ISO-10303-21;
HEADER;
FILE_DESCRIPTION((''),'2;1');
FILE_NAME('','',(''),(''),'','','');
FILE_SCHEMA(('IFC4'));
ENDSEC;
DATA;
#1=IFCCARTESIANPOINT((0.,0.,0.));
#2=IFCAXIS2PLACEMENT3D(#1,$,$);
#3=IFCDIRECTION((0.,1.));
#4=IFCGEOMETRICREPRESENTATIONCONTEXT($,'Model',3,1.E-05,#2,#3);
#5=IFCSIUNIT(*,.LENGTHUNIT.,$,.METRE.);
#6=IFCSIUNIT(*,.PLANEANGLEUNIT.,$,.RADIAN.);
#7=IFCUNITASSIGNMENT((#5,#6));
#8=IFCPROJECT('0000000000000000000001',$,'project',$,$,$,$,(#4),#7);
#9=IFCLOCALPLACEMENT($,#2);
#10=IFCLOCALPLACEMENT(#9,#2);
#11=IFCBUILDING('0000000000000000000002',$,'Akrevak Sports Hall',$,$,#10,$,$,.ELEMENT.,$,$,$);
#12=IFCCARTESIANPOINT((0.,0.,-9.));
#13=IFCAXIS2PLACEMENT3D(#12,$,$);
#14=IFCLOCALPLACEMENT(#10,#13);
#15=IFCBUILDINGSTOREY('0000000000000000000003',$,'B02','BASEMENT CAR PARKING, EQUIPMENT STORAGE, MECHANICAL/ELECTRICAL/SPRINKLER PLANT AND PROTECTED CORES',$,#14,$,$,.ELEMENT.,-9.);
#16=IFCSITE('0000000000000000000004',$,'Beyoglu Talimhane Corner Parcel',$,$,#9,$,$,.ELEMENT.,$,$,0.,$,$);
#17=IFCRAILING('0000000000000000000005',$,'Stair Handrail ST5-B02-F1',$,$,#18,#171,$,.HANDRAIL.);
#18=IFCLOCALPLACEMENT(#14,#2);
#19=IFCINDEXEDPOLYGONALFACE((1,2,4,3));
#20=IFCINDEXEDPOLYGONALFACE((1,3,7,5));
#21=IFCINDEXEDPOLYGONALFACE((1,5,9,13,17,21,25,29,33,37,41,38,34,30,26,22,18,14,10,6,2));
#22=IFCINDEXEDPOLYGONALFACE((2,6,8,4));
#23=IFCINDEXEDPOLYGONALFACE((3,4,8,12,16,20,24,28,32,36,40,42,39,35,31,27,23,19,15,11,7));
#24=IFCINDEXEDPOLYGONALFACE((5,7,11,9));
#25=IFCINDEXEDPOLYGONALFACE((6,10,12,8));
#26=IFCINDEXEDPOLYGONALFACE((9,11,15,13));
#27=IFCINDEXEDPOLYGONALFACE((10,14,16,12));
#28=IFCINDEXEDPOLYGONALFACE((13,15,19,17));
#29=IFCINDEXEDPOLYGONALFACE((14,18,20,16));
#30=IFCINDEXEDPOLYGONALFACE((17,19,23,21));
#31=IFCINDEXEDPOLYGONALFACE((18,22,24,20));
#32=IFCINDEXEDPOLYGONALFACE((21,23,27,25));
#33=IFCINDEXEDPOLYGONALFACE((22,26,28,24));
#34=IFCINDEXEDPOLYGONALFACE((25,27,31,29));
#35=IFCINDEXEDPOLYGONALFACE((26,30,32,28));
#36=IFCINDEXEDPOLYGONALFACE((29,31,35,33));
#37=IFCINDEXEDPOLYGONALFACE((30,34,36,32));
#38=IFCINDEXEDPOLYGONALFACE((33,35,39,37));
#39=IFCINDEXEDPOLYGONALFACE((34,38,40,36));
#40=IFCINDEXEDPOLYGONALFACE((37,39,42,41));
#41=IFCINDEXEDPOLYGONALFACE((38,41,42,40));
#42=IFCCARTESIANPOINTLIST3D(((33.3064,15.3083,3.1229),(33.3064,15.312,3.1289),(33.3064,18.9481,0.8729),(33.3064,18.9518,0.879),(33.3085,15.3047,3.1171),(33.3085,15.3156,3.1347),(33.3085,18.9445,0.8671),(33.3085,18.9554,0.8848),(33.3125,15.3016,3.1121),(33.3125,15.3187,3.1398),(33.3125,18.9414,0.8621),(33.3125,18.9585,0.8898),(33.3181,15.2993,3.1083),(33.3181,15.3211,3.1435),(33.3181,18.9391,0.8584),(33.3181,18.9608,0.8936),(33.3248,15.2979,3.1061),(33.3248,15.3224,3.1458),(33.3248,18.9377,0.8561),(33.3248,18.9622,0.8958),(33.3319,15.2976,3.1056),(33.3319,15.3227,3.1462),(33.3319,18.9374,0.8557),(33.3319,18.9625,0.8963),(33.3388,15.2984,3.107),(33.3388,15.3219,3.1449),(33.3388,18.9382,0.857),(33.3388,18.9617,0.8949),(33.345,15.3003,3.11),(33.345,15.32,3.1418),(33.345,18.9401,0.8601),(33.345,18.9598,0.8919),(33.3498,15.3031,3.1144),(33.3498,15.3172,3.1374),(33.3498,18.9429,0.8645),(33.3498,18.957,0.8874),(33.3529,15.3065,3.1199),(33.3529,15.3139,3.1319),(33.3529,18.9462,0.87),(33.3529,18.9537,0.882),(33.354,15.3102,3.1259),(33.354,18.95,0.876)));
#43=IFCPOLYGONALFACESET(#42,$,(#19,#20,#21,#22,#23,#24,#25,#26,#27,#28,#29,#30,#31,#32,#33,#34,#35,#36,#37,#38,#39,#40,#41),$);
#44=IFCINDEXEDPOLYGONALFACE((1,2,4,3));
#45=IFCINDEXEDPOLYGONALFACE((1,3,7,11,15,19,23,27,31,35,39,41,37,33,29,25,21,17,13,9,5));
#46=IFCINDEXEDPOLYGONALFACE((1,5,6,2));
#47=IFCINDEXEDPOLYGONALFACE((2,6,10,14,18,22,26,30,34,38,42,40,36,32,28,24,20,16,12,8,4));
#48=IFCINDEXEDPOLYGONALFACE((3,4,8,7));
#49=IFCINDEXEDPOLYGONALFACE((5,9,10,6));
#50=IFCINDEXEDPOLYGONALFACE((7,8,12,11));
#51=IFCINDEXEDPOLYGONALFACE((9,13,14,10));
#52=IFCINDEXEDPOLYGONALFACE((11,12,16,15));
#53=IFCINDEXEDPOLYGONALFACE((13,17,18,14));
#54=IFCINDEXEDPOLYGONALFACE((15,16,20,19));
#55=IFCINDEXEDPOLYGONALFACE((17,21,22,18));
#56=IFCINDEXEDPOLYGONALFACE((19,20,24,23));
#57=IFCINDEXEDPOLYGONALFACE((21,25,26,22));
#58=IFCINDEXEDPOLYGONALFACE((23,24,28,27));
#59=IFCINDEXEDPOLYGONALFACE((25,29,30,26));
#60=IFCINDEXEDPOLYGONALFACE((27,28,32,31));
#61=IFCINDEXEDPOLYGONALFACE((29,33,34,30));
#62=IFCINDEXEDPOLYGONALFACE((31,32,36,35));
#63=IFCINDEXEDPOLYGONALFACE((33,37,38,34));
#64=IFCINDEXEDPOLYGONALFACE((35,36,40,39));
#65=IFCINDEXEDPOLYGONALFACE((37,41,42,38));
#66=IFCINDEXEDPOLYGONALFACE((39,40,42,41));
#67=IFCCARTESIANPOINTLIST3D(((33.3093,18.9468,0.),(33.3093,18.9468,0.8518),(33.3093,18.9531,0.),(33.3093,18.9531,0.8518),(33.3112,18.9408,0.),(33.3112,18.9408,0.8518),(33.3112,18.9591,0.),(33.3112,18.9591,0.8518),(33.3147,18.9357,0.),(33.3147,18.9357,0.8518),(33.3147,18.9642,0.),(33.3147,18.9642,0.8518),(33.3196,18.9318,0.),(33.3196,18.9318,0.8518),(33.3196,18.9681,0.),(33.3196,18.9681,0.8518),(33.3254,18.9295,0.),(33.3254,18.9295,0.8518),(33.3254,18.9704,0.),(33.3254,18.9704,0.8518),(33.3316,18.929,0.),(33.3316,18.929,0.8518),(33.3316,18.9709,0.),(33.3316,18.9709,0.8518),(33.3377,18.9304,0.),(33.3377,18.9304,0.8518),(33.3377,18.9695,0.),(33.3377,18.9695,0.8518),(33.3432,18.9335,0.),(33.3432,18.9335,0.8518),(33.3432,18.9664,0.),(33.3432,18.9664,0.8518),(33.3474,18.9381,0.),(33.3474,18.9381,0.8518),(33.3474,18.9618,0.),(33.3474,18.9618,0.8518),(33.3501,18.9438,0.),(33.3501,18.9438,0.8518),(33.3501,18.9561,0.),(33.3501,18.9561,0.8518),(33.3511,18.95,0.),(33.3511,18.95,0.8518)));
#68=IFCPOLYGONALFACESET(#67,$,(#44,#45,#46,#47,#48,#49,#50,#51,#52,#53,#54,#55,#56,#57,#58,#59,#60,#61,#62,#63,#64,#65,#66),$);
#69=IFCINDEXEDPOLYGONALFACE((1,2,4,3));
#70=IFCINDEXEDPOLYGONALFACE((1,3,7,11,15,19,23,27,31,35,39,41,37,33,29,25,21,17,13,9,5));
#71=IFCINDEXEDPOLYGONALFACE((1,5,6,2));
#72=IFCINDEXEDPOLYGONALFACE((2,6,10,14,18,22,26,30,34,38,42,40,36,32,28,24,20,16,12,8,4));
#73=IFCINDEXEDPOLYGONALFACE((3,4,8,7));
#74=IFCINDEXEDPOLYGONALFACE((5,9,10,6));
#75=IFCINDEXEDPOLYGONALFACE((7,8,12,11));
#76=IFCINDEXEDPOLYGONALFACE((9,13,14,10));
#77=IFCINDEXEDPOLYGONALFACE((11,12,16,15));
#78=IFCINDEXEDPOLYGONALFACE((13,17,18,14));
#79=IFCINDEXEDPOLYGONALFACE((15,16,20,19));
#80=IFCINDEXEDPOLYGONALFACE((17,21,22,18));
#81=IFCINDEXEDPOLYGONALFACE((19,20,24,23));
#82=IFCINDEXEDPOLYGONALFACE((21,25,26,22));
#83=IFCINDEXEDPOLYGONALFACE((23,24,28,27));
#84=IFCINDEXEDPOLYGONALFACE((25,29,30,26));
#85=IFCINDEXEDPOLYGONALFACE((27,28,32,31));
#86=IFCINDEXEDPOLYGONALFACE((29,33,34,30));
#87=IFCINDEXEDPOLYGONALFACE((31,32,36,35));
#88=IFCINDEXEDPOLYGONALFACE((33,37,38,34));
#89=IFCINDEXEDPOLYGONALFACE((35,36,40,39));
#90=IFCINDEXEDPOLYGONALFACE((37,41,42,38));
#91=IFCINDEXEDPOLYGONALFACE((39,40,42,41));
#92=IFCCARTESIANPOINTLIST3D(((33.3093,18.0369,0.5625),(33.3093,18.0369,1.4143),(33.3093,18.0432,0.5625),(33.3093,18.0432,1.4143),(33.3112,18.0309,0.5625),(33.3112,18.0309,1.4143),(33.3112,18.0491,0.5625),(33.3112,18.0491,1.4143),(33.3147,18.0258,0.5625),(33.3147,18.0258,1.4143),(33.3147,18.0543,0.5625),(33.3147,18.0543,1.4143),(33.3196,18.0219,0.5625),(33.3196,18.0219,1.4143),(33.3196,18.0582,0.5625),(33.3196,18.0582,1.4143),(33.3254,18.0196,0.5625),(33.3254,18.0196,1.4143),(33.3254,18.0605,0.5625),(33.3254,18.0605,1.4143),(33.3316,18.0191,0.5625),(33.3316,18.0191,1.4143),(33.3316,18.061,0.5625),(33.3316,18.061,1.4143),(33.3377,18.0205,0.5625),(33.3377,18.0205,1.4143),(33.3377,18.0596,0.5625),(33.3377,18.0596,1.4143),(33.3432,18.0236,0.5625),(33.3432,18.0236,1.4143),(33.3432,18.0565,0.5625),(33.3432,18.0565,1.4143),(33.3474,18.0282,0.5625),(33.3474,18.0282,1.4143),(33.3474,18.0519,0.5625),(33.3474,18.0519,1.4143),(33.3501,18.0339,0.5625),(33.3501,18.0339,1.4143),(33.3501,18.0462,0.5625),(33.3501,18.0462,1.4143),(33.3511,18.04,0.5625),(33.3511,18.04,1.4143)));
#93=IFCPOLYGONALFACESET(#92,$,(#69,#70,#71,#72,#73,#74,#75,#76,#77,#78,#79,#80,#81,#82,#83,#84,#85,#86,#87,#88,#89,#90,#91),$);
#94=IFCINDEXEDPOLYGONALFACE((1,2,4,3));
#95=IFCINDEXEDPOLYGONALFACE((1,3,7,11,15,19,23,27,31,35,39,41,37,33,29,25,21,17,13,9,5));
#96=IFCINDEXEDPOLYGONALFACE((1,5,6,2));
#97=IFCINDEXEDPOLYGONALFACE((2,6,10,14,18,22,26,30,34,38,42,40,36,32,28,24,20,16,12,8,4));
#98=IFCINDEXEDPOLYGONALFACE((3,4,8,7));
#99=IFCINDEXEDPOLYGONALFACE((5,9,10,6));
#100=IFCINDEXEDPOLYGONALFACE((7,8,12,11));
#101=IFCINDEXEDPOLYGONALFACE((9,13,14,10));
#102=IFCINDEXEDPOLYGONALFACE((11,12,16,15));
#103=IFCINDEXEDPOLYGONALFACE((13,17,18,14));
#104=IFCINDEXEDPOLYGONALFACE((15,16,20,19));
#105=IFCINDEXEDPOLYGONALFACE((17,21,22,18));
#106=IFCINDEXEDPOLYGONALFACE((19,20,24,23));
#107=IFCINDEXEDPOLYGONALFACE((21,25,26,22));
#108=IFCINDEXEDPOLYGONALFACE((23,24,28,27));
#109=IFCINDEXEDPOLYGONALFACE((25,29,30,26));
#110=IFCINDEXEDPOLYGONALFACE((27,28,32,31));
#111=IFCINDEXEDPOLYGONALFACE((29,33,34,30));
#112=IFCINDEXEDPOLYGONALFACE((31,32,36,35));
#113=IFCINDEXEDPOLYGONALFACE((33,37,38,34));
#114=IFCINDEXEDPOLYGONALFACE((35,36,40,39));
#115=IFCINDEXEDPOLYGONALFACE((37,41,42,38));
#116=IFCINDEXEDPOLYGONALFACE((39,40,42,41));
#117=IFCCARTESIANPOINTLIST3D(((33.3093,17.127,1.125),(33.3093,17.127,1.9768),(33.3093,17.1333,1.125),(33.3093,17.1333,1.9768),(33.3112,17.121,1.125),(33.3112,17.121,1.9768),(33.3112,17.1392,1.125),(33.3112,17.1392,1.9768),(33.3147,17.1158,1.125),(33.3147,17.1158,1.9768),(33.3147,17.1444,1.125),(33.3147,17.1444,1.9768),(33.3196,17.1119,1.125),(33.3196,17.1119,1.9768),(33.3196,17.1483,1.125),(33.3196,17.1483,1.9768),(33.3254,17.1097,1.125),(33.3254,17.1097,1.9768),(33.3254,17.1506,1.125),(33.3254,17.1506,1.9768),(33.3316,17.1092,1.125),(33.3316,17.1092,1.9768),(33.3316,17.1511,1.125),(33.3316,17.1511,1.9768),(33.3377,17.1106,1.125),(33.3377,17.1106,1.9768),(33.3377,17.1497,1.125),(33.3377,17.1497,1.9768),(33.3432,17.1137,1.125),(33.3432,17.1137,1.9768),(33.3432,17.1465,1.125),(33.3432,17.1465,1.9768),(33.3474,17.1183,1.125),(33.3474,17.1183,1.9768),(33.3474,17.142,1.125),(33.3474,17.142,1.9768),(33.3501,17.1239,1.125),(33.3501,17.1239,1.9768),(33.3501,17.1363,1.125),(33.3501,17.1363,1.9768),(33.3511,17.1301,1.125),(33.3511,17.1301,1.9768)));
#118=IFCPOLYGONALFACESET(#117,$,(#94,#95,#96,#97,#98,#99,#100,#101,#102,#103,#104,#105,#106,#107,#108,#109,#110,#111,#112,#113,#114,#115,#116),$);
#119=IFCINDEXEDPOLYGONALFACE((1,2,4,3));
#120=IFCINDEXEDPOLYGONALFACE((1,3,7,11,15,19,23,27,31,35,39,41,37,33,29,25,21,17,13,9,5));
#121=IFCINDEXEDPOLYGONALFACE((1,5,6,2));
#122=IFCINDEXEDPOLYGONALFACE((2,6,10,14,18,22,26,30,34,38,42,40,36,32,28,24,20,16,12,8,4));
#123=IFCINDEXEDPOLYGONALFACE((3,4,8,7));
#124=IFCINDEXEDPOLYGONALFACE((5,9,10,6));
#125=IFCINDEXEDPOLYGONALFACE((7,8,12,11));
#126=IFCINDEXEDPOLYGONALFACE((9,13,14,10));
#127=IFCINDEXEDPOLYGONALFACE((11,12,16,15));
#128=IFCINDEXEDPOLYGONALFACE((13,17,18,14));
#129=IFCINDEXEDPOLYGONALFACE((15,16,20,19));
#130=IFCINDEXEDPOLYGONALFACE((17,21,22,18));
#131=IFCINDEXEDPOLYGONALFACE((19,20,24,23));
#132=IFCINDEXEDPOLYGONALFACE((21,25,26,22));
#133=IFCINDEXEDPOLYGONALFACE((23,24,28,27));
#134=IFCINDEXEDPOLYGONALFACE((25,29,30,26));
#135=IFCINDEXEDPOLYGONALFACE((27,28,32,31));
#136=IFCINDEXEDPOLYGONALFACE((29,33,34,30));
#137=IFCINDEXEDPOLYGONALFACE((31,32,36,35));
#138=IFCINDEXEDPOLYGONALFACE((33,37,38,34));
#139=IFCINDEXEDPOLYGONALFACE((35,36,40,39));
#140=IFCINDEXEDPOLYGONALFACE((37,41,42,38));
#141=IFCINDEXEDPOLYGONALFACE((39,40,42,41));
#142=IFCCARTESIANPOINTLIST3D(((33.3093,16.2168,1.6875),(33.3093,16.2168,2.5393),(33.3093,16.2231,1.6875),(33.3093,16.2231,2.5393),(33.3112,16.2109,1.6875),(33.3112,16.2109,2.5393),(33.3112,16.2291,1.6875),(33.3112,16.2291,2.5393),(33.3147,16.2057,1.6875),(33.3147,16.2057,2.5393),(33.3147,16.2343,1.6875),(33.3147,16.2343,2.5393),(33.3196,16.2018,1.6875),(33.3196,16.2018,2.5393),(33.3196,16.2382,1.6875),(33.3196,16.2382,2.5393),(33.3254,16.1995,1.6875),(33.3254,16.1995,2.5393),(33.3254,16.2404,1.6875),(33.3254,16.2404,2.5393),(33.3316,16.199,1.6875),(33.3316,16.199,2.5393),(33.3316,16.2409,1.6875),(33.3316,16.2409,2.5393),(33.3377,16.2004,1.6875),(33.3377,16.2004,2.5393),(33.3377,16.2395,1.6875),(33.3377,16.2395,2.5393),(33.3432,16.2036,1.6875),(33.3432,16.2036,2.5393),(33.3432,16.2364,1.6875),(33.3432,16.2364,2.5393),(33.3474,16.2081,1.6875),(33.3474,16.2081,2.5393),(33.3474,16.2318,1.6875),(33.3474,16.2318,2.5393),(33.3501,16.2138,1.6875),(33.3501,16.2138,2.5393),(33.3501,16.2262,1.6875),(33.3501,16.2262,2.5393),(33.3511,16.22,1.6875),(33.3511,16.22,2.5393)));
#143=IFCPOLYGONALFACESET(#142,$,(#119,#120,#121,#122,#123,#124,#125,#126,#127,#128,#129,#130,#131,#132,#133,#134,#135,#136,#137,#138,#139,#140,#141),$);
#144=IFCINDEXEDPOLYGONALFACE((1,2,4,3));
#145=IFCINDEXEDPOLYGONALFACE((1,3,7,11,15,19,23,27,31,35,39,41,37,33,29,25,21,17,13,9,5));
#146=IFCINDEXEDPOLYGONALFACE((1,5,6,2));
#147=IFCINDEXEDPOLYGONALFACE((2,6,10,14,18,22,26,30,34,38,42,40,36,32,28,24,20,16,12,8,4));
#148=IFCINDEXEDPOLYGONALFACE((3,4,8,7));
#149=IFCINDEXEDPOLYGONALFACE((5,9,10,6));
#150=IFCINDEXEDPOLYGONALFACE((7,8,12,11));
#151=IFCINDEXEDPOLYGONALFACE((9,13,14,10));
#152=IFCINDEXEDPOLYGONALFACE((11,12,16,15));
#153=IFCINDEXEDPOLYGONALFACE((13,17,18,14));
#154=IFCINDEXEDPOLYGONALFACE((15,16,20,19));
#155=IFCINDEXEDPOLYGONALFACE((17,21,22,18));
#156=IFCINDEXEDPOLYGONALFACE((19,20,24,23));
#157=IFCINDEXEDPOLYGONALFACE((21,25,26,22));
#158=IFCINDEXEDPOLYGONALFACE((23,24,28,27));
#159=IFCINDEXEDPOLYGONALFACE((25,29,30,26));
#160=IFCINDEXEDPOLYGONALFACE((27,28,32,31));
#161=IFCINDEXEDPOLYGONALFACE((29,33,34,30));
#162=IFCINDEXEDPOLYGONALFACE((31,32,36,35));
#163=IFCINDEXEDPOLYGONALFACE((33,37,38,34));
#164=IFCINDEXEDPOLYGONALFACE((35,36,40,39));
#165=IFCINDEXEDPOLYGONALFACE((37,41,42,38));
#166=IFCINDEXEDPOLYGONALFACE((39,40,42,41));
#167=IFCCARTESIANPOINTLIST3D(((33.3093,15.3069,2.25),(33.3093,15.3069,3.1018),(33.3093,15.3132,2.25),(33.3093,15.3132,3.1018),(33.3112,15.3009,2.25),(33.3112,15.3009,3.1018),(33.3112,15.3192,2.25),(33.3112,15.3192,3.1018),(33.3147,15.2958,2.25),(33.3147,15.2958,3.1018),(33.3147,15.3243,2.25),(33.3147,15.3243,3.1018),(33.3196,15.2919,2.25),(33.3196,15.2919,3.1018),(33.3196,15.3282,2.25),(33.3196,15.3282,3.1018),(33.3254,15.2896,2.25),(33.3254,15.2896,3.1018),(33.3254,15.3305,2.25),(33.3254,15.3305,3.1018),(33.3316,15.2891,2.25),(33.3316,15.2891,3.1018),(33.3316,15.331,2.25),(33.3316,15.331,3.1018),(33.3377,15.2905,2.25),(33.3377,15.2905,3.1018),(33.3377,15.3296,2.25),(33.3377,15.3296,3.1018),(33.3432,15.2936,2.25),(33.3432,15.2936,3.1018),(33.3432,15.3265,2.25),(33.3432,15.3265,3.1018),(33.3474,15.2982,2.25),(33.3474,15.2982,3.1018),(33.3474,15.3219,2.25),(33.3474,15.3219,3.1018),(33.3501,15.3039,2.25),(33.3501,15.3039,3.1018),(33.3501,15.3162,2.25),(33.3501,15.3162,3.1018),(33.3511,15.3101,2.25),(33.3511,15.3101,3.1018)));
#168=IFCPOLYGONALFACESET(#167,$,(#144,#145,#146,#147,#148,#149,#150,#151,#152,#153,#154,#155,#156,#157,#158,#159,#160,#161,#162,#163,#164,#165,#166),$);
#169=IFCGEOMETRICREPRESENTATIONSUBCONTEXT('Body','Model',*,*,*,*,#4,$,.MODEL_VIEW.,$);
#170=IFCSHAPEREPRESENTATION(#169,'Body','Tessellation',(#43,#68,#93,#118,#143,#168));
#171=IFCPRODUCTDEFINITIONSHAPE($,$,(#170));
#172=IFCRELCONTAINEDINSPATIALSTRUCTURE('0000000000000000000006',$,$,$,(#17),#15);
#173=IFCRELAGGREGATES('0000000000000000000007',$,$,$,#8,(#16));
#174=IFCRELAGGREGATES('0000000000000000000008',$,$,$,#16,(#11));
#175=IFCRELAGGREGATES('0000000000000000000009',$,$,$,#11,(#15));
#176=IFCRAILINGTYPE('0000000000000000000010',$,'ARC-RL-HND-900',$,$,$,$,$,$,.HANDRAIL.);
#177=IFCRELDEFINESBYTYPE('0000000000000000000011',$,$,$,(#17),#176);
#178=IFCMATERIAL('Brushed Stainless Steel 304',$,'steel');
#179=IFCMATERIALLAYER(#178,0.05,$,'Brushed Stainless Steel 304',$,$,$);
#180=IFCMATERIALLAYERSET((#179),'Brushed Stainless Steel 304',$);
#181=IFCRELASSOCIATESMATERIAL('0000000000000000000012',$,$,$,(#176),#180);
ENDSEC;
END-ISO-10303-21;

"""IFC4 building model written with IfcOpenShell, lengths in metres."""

from ifc_helpers import new_model, si_unit, direction, frame, origin, origin_2d, place, context, subcontext, project, spatial, circle, extrude, material, layer, layer_set, type_object, element, save


model = new_model("IFC4")

# Units and contexts
model_context = context("Model", 3, precision=1e-05, world=origin(), true_north=direction((0.0, 1.0)))
body_context = subcontext(model_context, "Body", "Model", "MODEL_VIEW")
ifc_project = project(units=[si_unit("LENGTHUNIT", "METRE"), si_unit("PLANEANGLEUNIT", "RADIAN")], contexts=[model_context])

# Site, building, storey
site_placement = place(None, origin())
site = spatial("IfcSite", under=ifc_project, at=site_placement, Name="Beyoglu Talimhane Corner Parcel", CompositionType="ELEMENT", RefElevation=0.0)
building_placement = place(site_placement, origin())
building = spatial("IfcBuilding", under=site, at=building_placement, Name="Akrevak Sports Hall", CompositionType="ELEMENT")
storey_placement = place(building_placement, frame((0.0, 0.0, -9.0)))
storey = spatial("IfcBuildingStorey", under=building, at=storey_placement, Name="B02", Description="BASEMENT CAR PARKING, EQUIPMENT STORAGE, MECHANICAL/ELECTRICAL/SPRINKLER PLANT AND PROTECTED CORES", CompositionType="ELEMENT", Elevation=-9.0)

# Railing
ifc_material_1 = material(Name="Brushed Stainless Steel 304", Category="steel")
ifc_layer_1 = layer(ifc_material_1, 0.05, Name="Brushed Stainless Steel 304")
ifc_layer_set_1 = layer_set([ifc_layer_1], Name="Brushed Stainless Steel 304")
railing_type_1 = type_object("IfcRailingType", Name="ARC-RL-HND-900", PredefinedType="HANDRAIL", material=ifc_layer_set_1)
railing_1_placement = place(storey_placement, frame((33.3301, 18.95, 0.0)))
element("IfcRailing", 1, at=railing_1_placement, inside=storey, type_object=railing_type_1, Name="Stair Handrail ST5-B02-F1", PredefinedType="HANDRAIL", context=body_context, shape_type="SweptSolid", body=[
    extrude(circle(Radius=0.0239, at=origin_2d()), frame((0.0, 0.0, 0.876), z_axis=(0.0, -0.850607, 0.525803), x_axis=(1.0, 0.0, 0.0)), (0.0, 0.0, 1.0), 4.2791),
    extrude(circle(Radius=0.021, at=origin_2d()), origin(), (0.0, 0.0, 1.0), 0.8518),
    extrude(circle(Radius=0.021, at=origin_2d()), frame((0.0, -0.9099, 0.5625)), (0.0, 0.0, 1.0), 0.8518),
    extrude(circle(Radius=0.021, at=origin_2d()), frame((0.0, -1.8198, 1.125)), (0.0, 0.0, 1.0), 0.8518),
    extrude(circle(Radius=0.021, at=origin_2d()), frame((0.0, -2.73, 1.6875)), (0.0, 0.0, 1.0), 0.8518),
    extrude(circle(Radius=0.021, at=origin_2d()), frame((0.0, -3.6399, 2.25)), (0.0, 0.0, 1.0), 0.8518),
])

save(model, "model.ifc")
